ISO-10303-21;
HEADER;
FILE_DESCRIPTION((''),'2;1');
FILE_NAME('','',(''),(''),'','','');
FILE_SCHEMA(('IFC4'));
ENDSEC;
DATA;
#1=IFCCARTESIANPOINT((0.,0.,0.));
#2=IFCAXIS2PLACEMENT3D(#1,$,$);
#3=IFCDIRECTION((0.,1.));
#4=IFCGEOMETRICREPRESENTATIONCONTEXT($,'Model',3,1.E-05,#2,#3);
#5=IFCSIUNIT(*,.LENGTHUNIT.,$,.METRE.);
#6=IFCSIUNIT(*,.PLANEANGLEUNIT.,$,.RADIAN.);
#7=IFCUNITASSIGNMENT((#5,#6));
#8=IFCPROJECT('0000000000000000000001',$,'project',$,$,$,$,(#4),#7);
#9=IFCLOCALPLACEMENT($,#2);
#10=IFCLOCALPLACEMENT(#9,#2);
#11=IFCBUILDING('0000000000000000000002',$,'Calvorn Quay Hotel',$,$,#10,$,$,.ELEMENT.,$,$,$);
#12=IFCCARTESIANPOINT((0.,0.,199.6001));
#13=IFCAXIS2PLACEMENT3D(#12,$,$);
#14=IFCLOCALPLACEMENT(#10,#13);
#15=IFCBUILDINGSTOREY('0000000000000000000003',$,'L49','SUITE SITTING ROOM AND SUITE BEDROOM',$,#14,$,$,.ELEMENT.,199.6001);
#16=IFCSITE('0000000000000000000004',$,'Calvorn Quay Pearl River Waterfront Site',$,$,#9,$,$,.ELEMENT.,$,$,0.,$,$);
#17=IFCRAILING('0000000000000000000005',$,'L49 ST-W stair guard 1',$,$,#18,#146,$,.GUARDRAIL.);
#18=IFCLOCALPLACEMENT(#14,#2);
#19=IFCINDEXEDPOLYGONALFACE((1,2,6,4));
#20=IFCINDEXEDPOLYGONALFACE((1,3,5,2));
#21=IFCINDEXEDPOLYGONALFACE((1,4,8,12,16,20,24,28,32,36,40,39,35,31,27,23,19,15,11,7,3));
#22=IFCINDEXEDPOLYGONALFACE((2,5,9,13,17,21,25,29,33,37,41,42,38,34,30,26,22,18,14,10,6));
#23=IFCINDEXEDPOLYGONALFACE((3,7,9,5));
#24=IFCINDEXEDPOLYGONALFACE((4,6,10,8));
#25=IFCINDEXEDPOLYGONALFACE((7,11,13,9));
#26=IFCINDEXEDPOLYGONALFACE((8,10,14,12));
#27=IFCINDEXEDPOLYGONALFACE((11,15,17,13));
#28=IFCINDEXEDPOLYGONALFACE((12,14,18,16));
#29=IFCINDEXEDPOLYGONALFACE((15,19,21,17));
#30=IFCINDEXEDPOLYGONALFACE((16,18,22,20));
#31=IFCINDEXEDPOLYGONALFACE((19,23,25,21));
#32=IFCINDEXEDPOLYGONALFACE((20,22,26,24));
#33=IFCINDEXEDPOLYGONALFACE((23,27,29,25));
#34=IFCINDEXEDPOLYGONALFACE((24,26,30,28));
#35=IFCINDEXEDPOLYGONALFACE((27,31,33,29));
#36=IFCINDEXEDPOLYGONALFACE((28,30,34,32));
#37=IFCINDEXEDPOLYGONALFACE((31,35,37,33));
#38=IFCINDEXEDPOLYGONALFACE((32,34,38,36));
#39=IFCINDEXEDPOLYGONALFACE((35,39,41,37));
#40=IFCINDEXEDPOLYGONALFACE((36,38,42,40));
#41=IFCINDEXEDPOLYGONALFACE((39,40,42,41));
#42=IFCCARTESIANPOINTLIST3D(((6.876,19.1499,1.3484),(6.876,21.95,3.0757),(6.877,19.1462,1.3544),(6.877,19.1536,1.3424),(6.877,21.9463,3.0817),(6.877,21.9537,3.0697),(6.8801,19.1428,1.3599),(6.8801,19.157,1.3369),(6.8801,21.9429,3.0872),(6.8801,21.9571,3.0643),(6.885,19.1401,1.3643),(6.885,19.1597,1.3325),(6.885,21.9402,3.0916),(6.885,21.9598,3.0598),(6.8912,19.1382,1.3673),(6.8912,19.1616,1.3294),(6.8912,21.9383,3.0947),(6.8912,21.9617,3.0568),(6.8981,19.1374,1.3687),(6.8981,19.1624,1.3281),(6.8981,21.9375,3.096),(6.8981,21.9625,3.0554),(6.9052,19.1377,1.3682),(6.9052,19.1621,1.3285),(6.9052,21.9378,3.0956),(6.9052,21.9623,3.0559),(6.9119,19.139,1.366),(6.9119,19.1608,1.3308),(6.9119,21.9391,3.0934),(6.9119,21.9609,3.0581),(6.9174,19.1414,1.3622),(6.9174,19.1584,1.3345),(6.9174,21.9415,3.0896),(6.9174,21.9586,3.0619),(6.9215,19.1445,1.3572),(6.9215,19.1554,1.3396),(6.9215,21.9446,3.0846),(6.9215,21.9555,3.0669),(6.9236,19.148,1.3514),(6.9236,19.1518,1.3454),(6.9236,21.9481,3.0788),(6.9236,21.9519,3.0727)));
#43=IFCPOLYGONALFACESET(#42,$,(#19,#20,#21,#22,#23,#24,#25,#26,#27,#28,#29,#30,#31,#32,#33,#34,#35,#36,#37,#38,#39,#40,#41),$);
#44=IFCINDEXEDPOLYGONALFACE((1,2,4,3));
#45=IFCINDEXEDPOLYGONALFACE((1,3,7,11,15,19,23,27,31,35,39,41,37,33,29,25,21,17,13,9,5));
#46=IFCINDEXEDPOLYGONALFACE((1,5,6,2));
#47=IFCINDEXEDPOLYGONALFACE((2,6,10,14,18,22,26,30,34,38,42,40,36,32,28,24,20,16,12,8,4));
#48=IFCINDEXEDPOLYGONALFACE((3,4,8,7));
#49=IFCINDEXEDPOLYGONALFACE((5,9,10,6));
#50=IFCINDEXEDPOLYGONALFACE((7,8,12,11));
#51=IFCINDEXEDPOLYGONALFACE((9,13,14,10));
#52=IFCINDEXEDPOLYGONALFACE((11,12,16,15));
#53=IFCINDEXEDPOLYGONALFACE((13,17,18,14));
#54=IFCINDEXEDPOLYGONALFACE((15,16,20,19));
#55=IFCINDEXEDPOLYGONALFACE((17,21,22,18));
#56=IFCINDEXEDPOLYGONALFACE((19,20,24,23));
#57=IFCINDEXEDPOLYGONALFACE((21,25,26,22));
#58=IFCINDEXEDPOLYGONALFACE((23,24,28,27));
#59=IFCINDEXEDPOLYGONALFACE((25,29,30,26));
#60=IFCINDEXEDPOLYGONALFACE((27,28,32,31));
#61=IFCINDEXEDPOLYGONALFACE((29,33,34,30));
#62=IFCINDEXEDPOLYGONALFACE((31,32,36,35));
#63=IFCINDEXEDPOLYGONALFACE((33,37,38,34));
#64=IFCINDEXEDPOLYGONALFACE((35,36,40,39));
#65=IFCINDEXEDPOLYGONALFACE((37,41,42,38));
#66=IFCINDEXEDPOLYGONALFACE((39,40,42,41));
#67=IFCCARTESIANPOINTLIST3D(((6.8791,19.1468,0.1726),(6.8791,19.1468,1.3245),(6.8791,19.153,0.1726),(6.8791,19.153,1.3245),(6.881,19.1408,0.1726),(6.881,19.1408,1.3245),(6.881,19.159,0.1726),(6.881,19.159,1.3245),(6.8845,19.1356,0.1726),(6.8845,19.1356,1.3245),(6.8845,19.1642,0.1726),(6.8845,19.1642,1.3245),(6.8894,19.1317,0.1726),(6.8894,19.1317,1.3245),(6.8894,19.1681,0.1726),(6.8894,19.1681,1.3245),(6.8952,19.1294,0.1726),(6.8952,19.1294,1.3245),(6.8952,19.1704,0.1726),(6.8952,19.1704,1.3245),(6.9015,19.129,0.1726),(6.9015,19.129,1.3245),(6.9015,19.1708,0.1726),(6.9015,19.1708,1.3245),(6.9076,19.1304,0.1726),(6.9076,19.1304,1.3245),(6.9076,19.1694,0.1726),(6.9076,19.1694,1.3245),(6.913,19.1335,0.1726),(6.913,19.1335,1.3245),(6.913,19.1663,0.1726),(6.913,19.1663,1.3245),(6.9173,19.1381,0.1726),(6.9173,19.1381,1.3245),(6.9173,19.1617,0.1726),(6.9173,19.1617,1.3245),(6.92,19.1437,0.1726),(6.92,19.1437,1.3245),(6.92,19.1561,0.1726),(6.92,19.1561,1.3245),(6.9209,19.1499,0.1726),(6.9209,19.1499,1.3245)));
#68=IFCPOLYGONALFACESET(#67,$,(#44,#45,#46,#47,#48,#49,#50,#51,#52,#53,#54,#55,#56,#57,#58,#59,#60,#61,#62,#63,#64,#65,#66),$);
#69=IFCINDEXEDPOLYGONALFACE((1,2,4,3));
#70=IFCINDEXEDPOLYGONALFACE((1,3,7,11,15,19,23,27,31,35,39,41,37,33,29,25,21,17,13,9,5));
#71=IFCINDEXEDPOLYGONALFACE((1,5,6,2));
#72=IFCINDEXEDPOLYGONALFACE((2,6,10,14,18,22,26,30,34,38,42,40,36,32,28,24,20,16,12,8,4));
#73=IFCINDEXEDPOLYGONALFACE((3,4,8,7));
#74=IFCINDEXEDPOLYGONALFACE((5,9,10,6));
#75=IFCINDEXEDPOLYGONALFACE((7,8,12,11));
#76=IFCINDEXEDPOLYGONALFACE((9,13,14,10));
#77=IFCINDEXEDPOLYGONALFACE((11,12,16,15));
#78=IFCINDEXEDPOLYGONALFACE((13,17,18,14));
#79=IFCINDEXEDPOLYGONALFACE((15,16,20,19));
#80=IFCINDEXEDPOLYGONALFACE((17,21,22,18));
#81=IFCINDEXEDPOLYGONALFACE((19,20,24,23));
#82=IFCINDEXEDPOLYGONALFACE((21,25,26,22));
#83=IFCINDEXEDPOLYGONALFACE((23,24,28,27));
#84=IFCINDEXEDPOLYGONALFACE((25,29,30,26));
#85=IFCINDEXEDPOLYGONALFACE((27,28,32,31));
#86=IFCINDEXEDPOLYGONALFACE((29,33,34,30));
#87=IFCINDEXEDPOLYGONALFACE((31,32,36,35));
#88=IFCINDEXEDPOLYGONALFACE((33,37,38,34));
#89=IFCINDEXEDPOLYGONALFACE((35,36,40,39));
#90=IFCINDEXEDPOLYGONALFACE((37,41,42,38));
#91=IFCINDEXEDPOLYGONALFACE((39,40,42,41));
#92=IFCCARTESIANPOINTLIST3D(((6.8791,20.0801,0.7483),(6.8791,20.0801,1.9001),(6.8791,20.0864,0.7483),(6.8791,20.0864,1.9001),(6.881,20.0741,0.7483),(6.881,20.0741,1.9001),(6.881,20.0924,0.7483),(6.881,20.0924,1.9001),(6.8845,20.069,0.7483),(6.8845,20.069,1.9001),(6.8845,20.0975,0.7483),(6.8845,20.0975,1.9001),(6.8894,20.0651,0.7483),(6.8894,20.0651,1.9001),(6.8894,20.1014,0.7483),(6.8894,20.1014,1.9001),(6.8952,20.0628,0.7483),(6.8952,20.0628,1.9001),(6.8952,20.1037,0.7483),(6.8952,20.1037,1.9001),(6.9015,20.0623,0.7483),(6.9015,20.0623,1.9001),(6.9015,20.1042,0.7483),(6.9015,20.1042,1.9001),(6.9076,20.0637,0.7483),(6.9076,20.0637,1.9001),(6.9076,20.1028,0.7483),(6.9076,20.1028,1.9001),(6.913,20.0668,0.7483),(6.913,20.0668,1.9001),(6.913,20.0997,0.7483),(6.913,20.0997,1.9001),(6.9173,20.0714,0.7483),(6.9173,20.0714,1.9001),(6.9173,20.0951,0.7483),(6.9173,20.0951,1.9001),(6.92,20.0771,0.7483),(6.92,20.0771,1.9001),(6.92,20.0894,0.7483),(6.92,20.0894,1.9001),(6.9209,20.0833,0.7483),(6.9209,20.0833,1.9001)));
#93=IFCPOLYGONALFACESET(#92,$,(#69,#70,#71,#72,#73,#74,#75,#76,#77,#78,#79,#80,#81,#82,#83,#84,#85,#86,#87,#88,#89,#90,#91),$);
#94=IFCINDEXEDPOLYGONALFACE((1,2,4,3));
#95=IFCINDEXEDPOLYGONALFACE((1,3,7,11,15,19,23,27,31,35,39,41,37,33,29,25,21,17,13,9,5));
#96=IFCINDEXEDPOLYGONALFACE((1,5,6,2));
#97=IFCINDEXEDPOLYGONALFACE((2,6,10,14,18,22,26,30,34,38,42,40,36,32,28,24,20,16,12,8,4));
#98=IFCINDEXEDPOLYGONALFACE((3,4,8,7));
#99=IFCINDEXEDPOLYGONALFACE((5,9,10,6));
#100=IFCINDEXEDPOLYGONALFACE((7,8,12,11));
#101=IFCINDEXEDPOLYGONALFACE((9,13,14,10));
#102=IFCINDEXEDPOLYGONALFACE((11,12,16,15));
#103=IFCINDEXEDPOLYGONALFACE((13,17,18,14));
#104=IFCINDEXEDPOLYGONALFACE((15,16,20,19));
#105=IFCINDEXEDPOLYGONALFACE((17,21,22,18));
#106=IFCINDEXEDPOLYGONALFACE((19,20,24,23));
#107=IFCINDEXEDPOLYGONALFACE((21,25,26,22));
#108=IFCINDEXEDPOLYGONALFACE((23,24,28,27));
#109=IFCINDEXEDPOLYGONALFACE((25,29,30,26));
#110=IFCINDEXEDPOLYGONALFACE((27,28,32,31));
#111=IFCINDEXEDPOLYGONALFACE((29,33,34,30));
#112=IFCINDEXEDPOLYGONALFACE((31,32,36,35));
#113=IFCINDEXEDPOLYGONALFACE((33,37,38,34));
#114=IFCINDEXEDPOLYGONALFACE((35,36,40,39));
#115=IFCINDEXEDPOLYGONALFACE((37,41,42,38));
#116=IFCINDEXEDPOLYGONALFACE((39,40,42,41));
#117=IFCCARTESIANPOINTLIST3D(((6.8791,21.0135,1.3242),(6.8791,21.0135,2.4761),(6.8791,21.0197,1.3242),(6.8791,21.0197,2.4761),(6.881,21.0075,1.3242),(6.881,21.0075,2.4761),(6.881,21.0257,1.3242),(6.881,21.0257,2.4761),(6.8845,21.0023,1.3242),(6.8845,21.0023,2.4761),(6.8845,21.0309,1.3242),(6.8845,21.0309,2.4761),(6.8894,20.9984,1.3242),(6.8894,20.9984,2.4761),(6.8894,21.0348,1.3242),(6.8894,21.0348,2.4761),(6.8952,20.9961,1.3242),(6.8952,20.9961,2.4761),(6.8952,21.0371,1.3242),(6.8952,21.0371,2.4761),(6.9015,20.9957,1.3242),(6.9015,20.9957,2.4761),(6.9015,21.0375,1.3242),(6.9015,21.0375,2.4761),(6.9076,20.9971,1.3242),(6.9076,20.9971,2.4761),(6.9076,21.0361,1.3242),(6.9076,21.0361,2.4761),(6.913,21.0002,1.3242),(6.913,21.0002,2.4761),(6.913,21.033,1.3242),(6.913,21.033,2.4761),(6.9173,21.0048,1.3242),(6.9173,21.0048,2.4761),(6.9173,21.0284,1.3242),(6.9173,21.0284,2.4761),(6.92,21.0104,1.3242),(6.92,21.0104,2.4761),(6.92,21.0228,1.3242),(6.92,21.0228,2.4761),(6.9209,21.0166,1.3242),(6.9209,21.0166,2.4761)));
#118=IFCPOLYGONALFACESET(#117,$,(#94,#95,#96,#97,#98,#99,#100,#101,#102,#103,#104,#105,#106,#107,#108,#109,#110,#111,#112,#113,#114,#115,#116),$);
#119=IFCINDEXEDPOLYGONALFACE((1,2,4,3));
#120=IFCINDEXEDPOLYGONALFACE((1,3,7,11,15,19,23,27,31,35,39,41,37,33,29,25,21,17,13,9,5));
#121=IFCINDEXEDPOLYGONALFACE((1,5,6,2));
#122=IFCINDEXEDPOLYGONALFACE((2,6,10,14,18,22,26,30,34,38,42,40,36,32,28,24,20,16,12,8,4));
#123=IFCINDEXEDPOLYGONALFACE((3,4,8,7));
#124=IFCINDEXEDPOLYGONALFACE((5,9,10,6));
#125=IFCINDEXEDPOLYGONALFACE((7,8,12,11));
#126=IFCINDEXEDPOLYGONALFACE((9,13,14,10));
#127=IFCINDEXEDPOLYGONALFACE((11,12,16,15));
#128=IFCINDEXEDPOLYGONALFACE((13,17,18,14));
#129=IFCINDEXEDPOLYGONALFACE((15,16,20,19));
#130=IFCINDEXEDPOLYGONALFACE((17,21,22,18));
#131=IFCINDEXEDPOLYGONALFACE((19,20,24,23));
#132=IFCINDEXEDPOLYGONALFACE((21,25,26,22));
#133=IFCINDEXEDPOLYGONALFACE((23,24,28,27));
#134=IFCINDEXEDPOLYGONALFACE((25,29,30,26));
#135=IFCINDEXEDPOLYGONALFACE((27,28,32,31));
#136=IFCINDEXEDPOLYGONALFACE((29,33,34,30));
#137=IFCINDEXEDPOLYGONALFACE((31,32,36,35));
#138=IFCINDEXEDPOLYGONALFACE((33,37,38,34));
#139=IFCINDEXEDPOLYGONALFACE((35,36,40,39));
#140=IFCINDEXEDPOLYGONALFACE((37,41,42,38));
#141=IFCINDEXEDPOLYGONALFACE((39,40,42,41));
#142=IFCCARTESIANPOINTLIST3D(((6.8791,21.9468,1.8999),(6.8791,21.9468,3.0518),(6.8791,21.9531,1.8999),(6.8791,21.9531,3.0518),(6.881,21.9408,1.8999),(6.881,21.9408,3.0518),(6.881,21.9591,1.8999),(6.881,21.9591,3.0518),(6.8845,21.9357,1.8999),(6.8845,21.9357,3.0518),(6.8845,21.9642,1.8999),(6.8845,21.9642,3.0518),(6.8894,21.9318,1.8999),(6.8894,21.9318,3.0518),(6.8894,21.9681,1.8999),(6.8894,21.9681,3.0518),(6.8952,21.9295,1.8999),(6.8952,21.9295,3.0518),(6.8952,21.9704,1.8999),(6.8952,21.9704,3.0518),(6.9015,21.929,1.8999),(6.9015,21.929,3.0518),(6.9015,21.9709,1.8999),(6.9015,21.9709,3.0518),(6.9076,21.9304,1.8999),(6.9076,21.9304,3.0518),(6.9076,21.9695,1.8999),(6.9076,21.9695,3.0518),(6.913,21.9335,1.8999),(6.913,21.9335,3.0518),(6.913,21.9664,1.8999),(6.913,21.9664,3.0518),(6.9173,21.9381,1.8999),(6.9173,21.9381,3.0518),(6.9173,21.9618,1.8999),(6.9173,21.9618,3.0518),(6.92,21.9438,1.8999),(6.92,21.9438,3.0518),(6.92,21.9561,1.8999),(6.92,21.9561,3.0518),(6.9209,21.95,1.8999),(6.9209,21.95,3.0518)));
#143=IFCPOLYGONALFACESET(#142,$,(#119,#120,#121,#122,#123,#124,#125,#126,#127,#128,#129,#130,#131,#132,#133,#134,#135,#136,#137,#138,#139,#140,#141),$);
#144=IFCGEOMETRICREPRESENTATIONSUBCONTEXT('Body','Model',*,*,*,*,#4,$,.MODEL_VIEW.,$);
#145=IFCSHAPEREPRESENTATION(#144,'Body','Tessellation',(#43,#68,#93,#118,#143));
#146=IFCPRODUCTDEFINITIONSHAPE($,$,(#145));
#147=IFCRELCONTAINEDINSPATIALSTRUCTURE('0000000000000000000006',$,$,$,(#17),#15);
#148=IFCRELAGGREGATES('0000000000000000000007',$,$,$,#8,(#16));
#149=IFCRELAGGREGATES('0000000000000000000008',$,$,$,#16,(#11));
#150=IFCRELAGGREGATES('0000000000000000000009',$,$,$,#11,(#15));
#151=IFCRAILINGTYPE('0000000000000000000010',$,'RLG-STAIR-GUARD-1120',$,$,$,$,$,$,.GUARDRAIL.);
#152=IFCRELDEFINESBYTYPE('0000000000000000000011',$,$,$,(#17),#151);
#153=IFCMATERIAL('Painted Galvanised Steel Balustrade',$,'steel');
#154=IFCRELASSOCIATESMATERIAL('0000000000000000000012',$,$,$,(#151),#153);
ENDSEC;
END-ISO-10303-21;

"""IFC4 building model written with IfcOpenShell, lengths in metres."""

from ifc_helpers import new_model, si_unit, direction, frame, origin, origin_2d, place, context, subcontext, project, spatial, circle, extrude, material, type_object, element, save


model = new_model("IFC4")

# Units and contexts
model_context = context("Model", 3, precision=1e-05, world=origin(), true_north=direction((0.0, 1.0)))
body_context = subcontext(model_context, "Body", "Model", "MODEL_VIEW")
ifc_project = project(units=[si_unit("LENGTHUNIT", "METRE"), si_unit("PLANEANGLEUNIT", "RADIAN")], contexts=[model_context])

# Site, building, storey
site_placement = place(None, origin())
site = spatial("IfcSite", under=ifc_project, at=site_placement, Name="Calvorn Quay Pearl River Waterfront Site", CompositionType="ELEMENT", RefElevation=0.0)
building_placement = place(site_placement, origin())
building = spatial("IfcBuilding", under=site, at=building_placement, Name="Calvorn Quay Hotel", CompositionType="ELEMENT")
storey_placement = place(building_placement, frame((0.0, 0.0, 199.6001)))
storey = spatial("IfcBuildingStorey", under=building, at=storey_placement, Name="L49", Description="SUITE SITTING ROOM AND SUITE BEDROOM", CompositionType="ELEMENT", Elevation=199.6001)

# Railing
ifc_material_1 = material(Name="Painted Galvanised Steel Balustrade", Category="steel")
railing_type_1 = type_object("IfcRailingType", Name="RLG-STAIR-GUARD-1120", PredefinedType="GUARDRAIL", material=ifc_material_1)
railing_1_placement = place(storey_placement, frame((6.8999, 19.1499, 0.1726)))
element("IfcRailing", 1, at=railing_1_placement, inside=storey, type_object=railing_type_1, Name="L49 ST-W stair guard 1", PredefinedType="GUARDRAIL", context=body_context, shape_type="SweptSolid", body=[
    extrude(circle(Radius=0.0239, at=origin_2d()), frame((0.0, 0.0, 1.1758), z_axis=(0.0, 0.85109, 0.52502), x_axis=(-1.0, 0.0, 0.0)), (0.0, 0.0, 1.0), 3.29),
    extrude(circle(Radius=0.021, at=origin_2d()), origin(), (0.0, 0.0, 1.0), 1.1519),
    extrude(circle(Radius=0.021, at=origin_2d()), frame((0.0, 0.9333, 0.5757)), (0.0, 0.0, 1.0), 1.1519),
    extrude(circle(Radius=0.021, at=origin_2d()), frame((0.0, 1.8667, 1.1516)), (0.0, 0.0, 1.0), 1.1519),
    extrude(circle(Radius=0.021, at=origin_2d()), frame((0.0, 2.8, 1.7273)), (0.0, 0.0, 1.0), 1.1519),
])

save(model, "model.ifc")
